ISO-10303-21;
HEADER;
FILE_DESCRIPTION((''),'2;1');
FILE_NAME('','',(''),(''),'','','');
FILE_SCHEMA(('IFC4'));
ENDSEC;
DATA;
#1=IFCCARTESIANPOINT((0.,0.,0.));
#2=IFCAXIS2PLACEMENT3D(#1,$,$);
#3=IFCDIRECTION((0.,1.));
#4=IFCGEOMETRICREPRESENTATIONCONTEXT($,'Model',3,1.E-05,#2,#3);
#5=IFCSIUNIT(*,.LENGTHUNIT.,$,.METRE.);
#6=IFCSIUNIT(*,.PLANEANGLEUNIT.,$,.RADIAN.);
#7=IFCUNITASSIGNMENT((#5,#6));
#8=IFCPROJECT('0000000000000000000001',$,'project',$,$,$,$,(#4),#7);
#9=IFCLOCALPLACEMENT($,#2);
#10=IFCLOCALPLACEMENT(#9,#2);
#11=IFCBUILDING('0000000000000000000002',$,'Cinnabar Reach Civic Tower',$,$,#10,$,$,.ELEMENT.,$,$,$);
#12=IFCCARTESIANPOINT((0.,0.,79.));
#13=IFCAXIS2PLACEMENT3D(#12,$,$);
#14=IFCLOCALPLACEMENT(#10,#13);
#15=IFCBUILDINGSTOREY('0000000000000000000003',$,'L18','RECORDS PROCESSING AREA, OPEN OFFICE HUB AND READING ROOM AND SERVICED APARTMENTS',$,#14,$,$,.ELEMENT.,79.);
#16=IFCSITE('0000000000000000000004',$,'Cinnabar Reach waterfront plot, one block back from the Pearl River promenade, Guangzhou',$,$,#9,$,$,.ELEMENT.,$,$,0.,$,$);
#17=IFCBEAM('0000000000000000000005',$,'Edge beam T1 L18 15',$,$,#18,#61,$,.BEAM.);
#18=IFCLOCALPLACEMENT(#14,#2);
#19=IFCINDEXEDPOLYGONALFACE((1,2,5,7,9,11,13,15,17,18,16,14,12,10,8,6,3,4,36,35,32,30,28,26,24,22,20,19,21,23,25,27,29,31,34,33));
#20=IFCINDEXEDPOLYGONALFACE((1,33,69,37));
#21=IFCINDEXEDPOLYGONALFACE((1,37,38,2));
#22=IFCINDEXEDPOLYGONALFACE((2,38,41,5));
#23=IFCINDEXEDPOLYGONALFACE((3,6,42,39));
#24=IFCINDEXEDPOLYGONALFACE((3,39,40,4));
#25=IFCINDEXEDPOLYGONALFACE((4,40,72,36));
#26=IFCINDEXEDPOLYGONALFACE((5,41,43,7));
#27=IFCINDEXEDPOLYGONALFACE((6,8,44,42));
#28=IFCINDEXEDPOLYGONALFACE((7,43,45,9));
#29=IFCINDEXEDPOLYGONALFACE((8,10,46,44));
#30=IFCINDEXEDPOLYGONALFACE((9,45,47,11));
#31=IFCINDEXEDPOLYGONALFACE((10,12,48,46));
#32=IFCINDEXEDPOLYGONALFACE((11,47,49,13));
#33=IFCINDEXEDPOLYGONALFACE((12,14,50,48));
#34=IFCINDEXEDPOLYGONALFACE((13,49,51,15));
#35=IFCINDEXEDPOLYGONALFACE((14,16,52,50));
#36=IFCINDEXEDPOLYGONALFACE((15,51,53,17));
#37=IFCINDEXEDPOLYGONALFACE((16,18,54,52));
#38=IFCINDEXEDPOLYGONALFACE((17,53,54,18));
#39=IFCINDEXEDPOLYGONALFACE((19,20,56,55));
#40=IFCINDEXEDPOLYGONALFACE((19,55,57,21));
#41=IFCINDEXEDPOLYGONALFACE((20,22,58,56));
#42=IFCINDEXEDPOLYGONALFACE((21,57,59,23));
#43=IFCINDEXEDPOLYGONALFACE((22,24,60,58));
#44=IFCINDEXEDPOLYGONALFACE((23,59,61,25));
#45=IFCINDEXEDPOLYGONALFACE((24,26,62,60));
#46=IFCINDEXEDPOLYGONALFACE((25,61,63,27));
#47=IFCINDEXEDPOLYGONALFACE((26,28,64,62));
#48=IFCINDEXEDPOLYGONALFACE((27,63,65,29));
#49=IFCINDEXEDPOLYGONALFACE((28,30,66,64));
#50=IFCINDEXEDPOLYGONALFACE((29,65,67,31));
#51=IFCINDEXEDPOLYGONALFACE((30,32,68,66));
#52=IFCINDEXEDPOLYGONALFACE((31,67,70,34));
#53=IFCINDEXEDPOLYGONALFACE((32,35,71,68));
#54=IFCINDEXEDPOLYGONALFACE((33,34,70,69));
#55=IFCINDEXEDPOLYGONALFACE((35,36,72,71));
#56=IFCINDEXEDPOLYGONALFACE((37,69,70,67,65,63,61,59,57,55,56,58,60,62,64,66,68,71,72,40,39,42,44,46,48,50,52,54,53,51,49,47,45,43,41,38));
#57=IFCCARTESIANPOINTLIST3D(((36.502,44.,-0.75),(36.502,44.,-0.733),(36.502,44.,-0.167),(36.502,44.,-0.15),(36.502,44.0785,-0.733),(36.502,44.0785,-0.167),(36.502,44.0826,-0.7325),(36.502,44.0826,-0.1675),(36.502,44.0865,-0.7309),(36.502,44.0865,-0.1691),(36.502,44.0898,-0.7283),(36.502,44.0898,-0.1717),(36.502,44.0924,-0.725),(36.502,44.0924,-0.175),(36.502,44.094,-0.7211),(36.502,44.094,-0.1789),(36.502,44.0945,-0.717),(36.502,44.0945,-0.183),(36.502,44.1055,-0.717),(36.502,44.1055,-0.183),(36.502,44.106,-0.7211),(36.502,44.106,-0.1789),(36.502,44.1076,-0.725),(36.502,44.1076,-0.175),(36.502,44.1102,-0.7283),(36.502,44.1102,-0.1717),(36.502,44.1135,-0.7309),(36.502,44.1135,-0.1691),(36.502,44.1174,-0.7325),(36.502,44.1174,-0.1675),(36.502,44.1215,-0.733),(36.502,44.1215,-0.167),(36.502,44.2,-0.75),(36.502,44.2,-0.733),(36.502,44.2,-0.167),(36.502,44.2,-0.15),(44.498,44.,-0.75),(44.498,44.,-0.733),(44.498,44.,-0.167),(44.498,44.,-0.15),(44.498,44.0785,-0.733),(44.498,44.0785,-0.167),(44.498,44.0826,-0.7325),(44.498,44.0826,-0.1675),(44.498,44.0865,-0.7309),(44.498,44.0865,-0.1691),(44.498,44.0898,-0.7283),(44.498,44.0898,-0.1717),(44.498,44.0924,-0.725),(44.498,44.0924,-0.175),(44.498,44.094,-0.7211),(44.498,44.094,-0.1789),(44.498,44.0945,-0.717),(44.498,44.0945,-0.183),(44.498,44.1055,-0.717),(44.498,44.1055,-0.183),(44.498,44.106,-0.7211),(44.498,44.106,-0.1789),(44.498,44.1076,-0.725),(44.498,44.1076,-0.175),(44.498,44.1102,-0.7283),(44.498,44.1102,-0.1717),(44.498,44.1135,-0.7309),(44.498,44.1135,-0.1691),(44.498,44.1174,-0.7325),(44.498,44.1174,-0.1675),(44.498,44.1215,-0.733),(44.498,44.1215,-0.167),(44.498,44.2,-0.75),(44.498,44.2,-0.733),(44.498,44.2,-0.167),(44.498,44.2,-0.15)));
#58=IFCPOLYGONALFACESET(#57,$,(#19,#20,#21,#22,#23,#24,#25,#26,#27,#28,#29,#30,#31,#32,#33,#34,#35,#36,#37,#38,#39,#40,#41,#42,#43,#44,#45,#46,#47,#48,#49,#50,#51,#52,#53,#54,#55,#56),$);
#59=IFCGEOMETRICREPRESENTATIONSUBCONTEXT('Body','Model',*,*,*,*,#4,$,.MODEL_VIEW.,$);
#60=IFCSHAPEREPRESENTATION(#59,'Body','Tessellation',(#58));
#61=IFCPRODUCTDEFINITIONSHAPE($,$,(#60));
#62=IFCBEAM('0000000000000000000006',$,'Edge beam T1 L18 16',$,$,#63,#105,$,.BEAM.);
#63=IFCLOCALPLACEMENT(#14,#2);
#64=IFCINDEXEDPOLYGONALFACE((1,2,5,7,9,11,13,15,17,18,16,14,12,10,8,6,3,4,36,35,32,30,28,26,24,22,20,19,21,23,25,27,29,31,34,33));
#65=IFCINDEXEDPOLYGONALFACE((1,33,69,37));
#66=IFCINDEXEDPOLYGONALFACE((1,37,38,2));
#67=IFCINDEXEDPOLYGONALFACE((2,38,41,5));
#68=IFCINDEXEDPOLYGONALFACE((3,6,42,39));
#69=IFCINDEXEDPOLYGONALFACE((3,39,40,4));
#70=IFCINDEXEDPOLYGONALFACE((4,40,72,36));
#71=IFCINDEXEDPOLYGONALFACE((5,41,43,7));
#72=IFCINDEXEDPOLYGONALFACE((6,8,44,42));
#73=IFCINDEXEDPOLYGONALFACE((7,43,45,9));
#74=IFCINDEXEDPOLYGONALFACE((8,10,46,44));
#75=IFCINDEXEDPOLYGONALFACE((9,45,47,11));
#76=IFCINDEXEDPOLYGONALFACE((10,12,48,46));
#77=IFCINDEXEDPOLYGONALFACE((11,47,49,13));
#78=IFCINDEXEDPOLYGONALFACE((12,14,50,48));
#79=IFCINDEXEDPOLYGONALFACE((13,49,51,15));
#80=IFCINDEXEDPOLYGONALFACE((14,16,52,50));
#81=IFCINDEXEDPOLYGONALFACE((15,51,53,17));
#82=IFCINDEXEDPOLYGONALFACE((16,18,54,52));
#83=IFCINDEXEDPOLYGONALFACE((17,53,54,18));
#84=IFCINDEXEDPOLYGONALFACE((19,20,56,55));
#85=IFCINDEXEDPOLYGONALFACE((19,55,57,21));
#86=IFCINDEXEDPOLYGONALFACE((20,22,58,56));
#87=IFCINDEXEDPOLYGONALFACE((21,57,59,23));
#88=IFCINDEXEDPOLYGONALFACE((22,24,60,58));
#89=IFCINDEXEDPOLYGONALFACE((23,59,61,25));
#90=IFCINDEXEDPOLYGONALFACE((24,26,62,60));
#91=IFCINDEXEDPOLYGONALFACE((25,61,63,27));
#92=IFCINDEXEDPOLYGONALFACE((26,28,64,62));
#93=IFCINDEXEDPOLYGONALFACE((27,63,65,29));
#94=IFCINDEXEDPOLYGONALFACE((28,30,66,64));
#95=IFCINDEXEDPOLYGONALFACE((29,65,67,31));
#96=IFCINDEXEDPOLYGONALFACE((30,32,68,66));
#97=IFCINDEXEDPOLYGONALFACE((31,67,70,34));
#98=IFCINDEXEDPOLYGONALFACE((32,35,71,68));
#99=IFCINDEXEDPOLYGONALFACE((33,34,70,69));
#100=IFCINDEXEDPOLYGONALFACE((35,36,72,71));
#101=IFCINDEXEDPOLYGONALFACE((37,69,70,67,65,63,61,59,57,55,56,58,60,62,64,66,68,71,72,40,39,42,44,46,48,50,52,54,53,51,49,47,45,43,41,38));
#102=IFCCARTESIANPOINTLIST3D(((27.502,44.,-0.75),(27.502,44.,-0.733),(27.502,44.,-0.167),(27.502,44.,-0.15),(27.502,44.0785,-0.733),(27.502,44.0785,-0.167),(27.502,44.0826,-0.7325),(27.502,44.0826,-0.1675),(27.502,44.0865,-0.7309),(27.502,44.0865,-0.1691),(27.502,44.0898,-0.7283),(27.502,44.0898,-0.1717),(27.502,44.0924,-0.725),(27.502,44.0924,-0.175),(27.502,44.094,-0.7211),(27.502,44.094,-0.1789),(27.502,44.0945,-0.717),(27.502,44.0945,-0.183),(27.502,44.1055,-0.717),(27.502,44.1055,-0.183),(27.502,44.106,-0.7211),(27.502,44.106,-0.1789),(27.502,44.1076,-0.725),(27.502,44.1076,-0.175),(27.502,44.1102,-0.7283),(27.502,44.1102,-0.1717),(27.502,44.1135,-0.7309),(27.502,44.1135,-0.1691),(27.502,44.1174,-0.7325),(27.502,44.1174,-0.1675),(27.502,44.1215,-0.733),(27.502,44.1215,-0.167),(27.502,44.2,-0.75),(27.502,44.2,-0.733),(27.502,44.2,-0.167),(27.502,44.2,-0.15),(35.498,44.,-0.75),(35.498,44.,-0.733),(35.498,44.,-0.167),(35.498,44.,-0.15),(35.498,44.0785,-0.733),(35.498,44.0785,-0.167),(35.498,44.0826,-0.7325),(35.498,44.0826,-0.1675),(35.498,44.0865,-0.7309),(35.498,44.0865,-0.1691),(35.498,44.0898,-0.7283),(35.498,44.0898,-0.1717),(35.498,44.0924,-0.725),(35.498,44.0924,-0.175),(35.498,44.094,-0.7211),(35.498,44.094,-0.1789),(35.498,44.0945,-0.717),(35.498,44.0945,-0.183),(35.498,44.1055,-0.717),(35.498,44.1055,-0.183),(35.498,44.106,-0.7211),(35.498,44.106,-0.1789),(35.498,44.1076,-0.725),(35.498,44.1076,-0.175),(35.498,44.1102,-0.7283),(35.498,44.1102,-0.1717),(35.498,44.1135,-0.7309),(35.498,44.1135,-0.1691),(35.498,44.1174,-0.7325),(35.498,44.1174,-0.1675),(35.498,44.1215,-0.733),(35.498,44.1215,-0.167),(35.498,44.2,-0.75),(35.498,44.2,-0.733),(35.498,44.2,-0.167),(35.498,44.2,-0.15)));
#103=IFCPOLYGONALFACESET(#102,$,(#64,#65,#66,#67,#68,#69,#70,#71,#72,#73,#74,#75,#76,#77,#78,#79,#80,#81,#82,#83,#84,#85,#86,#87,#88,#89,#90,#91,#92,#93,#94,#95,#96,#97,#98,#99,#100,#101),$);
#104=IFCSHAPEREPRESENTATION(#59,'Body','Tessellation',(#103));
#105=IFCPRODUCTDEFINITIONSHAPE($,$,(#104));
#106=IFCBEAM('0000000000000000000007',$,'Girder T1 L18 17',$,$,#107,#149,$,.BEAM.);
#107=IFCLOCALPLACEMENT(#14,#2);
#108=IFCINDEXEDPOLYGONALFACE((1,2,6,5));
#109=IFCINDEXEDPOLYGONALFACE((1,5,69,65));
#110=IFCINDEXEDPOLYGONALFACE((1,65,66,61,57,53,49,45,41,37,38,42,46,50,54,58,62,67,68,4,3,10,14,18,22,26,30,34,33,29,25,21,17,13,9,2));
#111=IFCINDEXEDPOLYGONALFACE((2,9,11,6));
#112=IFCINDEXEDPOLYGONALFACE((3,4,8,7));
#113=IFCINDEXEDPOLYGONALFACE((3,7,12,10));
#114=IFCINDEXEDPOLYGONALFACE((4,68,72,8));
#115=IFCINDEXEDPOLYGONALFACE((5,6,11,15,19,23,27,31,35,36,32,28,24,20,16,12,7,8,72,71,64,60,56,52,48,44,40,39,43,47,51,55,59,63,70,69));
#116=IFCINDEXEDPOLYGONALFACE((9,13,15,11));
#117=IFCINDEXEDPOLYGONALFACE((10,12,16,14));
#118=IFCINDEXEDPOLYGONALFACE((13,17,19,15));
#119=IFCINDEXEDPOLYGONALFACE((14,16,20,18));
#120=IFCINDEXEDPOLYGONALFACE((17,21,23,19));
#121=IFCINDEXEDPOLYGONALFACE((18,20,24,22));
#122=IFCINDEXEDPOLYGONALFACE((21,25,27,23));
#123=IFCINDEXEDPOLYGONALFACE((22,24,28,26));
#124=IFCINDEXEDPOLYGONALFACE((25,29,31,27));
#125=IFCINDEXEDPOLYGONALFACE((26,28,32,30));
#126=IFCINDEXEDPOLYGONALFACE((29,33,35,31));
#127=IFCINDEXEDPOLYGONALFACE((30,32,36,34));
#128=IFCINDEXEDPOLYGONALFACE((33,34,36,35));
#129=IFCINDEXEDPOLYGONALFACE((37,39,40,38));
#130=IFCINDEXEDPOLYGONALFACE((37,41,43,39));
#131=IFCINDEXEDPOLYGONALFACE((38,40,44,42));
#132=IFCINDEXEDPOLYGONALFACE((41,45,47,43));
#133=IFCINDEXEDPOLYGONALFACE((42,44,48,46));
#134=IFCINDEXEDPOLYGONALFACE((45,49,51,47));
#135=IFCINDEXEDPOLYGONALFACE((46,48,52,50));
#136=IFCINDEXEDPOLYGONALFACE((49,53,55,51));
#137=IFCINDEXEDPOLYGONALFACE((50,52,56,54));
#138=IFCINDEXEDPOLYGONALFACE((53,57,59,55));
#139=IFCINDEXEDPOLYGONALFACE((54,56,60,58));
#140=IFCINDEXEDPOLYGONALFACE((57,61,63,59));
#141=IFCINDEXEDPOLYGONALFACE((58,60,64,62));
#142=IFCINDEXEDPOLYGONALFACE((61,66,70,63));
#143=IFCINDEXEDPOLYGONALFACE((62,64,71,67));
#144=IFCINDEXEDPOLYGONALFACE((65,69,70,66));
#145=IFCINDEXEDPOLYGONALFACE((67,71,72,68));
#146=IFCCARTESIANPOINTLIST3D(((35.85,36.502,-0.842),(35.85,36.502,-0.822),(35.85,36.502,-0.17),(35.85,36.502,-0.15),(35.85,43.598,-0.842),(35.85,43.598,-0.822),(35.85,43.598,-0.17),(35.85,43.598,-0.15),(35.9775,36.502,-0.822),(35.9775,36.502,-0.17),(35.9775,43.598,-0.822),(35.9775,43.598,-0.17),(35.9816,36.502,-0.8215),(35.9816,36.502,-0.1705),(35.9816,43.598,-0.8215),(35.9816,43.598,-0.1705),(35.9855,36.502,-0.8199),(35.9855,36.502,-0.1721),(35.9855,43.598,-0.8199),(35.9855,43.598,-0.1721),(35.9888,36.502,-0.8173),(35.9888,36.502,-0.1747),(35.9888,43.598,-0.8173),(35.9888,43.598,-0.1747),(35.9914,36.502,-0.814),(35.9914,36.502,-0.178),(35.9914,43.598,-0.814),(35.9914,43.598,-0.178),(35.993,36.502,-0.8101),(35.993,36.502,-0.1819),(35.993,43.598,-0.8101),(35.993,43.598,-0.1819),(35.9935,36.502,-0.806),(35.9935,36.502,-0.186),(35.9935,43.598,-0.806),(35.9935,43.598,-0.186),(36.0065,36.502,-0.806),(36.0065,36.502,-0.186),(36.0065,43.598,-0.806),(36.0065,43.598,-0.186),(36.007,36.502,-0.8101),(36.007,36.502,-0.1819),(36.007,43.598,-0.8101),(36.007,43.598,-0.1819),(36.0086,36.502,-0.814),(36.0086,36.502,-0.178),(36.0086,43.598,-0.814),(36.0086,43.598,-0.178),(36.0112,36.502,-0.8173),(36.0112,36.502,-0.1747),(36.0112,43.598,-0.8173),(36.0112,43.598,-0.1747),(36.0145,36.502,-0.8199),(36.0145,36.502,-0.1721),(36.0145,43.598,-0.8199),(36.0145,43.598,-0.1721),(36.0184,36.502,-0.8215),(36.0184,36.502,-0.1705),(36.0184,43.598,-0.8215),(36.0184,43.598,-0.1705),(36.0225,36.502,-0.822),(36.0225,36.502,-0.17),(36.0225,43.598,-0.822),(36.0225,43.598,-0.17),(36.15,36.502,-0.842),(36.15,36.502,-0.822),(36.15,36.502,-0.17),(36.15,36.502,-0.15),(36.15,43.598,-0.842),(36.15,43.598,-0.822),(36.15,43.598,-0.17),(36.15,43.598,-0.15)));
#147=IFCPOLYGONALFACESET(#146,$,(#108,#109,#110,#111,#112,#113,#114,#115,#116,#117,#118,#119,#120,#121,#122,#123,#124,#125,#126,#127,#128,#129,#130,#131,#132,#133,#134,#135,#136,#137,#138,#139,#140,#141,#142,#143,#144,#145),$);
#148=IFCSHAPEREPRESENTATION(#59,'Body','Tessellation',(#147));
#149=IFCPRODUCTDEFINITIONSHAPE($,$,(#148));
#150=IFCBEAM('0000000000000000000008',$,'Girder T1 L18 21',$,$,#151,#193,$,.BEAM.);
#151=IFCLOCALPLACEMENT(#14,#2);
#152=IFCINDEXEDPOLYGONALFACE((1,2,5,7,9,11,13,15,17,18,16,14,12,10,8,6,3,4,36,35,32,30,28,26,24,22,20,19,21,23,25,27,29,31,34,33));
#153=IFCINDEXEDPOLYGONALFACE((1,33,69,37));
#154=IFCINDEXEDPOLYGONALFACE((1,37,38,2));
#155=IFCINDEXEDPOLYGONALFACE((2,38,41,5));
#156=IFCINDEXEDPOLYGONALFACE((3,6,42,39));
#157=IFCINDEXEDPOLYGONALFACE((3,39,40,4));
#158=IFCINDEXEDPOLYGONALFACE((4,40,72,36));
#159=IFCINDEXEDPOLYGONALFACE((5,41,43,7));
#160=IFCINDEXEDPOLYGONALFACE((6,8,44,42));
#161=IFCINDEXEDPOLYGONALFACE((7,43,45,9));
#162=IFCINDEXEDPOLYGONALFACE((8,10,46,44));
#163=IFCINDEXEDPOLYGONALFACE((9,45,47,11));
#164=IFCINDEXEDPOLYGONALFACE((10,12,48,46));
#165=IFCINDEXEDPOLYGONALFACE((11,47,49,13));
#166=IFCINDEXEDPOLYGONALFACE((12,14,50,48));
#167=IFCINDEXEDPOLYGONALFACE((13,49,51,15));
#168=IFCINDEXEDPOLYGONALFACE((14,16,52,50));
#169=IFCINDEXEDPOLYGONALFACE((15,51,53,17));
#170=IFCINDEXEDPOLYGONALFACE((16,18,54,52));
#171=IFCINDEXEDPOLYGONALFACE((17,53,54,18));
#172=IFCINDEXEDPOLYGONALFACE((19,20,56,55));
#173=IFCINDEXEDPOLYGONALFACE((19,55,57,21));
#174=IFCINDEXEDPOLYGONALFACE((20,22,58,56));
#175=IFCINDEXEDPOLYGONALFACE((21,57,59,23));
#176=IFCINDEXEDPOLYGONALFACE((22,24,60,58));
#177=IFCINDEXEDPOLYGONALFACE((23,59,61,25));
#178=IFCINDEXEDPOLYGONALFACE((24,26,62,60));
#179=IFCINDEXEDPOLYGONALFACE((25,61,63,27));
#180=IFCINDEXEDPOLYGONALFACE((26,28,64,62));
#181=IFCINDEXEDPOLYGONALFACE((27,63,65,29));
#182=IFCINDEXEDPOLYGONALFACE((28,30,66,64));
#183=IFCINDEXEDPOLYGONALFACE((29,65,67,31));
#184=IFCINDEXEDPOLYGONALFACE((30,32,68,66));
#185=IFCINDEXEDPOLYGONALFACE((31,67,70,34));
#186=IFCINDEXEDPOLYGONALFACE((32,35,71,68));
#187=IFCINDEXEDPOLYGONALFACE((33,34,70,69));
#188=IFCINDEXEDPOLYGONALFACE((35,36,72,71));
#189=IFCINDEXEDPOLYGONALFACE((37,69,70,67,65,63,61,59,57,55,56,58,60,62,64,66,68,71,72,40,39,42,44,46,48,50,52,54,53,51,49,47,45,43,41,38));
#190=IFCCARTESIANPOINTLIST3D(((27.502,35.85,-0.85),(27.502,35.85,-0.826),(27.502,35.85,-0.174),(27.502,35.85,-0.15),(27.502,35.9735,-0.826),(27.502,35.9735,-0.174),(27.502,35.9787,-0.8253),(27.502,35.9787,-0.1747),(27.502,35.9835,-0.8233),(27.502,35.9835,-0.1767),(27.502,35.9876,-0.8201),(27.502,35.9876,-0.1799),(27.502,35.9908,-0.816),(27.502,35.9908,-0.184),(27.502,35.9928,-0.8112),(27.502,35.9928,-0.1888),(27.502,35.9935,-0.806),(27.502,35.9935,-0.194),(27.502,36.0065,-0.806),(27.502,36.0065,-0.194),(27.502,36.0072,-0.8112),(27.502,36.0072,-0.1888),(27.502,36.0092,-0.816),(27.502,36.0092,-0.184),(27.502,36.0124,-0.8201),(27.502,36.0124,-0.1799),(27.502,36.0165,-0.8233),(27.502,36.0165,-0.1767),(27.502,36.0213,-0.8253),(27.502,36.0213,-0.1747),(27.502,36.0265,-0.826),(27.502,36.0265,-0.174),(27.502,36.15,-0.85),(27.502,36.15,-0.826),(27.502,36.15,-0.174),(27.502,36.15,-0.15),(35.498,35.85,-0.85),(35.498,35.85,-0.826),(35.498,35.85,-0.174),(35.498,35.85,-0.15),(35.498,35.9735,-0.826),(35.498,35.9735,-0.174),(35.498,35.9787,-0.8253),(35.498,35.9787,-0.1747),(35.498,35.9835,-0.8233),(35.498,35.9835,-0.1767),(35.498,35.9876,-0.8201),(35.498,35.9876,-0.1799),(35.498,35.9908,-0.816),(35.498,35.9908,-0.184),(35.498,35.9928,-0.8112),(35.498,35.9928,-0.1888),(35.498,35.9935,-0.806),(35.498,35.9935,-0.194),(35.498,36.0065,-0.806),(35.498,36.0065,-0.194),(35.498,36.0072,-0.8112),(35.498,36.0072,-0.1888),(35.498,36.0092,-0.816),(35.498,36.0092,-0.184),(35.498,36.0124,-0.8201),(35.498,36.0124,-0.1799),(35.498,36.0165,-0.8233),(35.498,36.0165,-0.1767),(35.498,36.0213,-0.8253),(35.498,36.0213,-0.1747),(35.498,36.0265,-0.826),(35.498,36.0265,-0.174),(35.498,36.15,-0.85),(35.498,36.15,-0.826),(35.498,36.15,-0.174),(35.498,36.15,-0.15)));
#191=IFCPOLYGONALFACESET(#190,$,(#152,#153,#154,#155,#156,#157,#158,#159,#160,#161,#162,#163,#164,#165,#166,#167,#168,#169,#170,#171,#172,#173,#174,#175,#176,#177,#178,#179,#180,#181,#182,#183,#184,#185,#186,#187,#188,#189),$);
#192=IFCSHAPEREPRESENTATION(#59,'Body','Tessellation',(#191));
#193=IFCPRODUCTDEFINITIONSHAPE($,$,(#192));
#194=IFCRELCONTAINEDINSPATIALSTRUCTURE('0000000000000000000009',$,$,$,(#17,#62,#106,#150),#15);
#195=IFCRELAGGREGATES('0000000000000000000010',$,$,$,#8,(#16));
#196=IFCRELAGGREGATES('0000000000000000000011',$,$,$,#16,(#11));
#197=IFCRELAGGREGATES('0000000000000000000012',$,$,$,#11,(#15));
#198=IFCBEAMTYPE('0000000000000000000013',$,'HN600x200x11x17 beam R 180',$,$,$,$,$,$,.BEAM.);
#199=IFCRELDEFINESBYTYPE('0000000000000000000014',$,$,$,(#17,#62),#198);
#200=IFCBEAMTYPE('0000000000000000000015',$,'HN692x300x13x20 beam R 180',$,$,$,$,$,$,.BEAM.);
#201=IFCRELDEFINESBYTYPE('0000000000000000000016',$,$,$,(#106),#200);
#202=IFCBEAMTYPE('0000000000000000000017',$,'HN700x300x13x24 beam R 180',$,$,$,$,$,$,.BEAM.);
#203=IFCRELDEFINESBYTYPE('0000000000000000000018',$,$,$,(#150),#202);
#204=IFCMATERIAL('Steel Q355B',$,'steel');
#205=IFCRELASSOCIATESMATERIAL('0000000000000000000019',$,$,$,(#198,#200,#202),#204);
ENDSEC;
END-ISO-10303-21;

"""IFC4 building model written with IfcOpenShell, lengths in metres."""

from ifc_helpers import new_model, si_unit, direction, frame, origin, origin_2d, place, context, subcontext, project, spatial, i_section, extrude, material, material_profile, profile_set, type_object, element, save


model = new_model("IFC4")

# Units and contexts
model_context = context("Model", 3, precision=1e-05, world=origin(), true_north=direction((0.0, 1.0)))
body_context = subcontext(model_context, "Body", "Model", "MODEL_VIEW")
ifc_project = project(units=[si_unit("LENGTHUNIT", "METRE"), si_unit("PLANEANGLEUNIT", "RADIAN")], contexts=[model_context])

# Site, building, storey
site_placement = place(None, origin())
site = spatial("IfcSite", under=ifc_project, at=site_placement, Name="Cinnabar Reach waterfront plot, one block back from the Pearl River promenade, Guangzhou", CompositionType="ELEMENT", RefElevation=0.0)
building_placement = place(site_placement, origin())
building = spatial("IfcBuilding", under=site, at=building_placement, Name="Cinnabar Reach Civic Tower", CompositionType="ELEMENT")
storey_placement = place(building_placement, frame((0.0, 0.0, 79.0)))
storey = spatial("IfcBuildingStorey", under=building, at=storey_placement, Name="L18", Description="RECORDS PROCESSING AREA, OPEN OFFICE HUB AND READING ROOM AND SERVICED APARTMENTS", CompositionType="ELEMENT", Elevation=79.0)

# Beams
ifc_material_1 = material(Name="Steel Q355B", Category="steel")
ifc_material_profile_1 = material_profile(ifc_material_1, i_section(OverallWidth=0.2, OverallDepth=0.6, WebThickness=0.011, FlangeThickness=0.017, FilletRadius=0.016, at=origin_2d()), Name="HN600x200x11x17")
ifc_profile_set_1 = profile_set([ifc_material_profile_1], Name="Steel Q355B")
beam_type_1 = type_object("IfcBeamType", Name="HN600x200x11x17 beam R 180", PredefinedType="BEAM", material=ifc_profile_set_1)
for number, where, z_axis, x_axis, name in (
    (1, (44.498, 44.1, -0.45), (-1.0, 0.0, 0.0), (0.0, -1.0, 0.0), "Edge beam T1 L18 15"),
    (2, (35.498, 44.1, -0.45), (-1.0, 0.0, 0.0), (0.0, -1.0, 0.0), "Edge beam T1 L18 16"),
):
    element("IfcBeam", number, at=place(storey_placement, frame(where, z_axis=z_axis, x_axis=x_axis)), inside=storey, type_object=beam_type_1, Name=name, PredefinedType="BEAM", context=body_context, shape_type="SweptSolid", body=[
        extrude(i_section(OverallWidth=0.2, OverallDepth=0.6, WebThickness=0.011, FlangeThickness=0.017, FilletRadius=0.016, at=origin_2d()), origin(), (0.0, 0.0, 1.0), 7.996),
    ])
ifc_material_profile_2 = material_profile(ifc_material_1, i_section(OverallWidth=0.3, OverallDepth=0.692, WebThickness=0.013, FlangeThickness=0.02, FilletRadius=0.016, at=origin_2d()), Name="HN692x300x13x20")
ifc_profile_set_2 = profile_set([ifc_material_profile_2], Name="Steel Q355B")
beam_type_2 = type_object("IfcBeamType", Name="HN692x300x13x20 beam R 180", PredefinedType="BEAM", material=ifc_profile_set_2)
beam_1_placement = place(storey_placement, frame((36.0, 36.502, -0.496), z_axis=(0.0, 1.0, 0.0), x_axis=(-1.0, 0.0, 0.0)))
element("IfcBeam", 3, at=beam_1_placement, inside=storey, type_object=beam_type_2, Name="Girder T1 L18 17", PredefinedType="BEAM", context=body_context, shape_type="SweptSolid", body=[
    extrude(i_section(OverallWidth=0.3, OverallDepth=0.692, WebThickness=0.013, FlangeThickness=0.02, FilletRadius=0.016, at=origin_2d()), origin(), (0.0, 0.0, 1.0), 7.096),
])
ifc_material_profile_3 = material_profile(ifc_material_1, i_section(OverallWidth=0.3, OverallDepth=0.7, WebThickness=0.013, FlangeThickness=0.024, FilletRadius=0.02, at=origin_2d()), Name="HN700x300x13x24")
ifc_profile_set_3 = profile_set([ifc_material_profile_3], Name="Steel Q355B")
beam_type_3 = type_object("IfcBeamType", Name="HN700x300x13x24 beam R 180", PredefinedType="BEAM", material=ifc_profile_set_3)
for number, where, z_axis, x_axis, name in (
    (4, (27.502, 36.0, -0.5), (1.0, 0.0, 0.0), (0.0, 1.0, 0.0), "Girder T1 L18 21"),
):
    element("IfcBeam", number, at=place(storey_placement, frame(where, z_axis=z_axis, x_axis=x_axis)), inside=storey, type_object=beam_type_3, Name=name, PredefinedType="BEAM", context=body_context, shape_type="SweptSolid", body=[
        extrude(i_section(OverallWidth=0.3, OverallDepth=0.7, WebThickness=0.013, FlangeThickness=0.024, FilletRadius=0.02, at=origin_2d()), origin(), (0.0, 0.0, 1.0), 7.996),
    ])

save(model, "model.ifc")
